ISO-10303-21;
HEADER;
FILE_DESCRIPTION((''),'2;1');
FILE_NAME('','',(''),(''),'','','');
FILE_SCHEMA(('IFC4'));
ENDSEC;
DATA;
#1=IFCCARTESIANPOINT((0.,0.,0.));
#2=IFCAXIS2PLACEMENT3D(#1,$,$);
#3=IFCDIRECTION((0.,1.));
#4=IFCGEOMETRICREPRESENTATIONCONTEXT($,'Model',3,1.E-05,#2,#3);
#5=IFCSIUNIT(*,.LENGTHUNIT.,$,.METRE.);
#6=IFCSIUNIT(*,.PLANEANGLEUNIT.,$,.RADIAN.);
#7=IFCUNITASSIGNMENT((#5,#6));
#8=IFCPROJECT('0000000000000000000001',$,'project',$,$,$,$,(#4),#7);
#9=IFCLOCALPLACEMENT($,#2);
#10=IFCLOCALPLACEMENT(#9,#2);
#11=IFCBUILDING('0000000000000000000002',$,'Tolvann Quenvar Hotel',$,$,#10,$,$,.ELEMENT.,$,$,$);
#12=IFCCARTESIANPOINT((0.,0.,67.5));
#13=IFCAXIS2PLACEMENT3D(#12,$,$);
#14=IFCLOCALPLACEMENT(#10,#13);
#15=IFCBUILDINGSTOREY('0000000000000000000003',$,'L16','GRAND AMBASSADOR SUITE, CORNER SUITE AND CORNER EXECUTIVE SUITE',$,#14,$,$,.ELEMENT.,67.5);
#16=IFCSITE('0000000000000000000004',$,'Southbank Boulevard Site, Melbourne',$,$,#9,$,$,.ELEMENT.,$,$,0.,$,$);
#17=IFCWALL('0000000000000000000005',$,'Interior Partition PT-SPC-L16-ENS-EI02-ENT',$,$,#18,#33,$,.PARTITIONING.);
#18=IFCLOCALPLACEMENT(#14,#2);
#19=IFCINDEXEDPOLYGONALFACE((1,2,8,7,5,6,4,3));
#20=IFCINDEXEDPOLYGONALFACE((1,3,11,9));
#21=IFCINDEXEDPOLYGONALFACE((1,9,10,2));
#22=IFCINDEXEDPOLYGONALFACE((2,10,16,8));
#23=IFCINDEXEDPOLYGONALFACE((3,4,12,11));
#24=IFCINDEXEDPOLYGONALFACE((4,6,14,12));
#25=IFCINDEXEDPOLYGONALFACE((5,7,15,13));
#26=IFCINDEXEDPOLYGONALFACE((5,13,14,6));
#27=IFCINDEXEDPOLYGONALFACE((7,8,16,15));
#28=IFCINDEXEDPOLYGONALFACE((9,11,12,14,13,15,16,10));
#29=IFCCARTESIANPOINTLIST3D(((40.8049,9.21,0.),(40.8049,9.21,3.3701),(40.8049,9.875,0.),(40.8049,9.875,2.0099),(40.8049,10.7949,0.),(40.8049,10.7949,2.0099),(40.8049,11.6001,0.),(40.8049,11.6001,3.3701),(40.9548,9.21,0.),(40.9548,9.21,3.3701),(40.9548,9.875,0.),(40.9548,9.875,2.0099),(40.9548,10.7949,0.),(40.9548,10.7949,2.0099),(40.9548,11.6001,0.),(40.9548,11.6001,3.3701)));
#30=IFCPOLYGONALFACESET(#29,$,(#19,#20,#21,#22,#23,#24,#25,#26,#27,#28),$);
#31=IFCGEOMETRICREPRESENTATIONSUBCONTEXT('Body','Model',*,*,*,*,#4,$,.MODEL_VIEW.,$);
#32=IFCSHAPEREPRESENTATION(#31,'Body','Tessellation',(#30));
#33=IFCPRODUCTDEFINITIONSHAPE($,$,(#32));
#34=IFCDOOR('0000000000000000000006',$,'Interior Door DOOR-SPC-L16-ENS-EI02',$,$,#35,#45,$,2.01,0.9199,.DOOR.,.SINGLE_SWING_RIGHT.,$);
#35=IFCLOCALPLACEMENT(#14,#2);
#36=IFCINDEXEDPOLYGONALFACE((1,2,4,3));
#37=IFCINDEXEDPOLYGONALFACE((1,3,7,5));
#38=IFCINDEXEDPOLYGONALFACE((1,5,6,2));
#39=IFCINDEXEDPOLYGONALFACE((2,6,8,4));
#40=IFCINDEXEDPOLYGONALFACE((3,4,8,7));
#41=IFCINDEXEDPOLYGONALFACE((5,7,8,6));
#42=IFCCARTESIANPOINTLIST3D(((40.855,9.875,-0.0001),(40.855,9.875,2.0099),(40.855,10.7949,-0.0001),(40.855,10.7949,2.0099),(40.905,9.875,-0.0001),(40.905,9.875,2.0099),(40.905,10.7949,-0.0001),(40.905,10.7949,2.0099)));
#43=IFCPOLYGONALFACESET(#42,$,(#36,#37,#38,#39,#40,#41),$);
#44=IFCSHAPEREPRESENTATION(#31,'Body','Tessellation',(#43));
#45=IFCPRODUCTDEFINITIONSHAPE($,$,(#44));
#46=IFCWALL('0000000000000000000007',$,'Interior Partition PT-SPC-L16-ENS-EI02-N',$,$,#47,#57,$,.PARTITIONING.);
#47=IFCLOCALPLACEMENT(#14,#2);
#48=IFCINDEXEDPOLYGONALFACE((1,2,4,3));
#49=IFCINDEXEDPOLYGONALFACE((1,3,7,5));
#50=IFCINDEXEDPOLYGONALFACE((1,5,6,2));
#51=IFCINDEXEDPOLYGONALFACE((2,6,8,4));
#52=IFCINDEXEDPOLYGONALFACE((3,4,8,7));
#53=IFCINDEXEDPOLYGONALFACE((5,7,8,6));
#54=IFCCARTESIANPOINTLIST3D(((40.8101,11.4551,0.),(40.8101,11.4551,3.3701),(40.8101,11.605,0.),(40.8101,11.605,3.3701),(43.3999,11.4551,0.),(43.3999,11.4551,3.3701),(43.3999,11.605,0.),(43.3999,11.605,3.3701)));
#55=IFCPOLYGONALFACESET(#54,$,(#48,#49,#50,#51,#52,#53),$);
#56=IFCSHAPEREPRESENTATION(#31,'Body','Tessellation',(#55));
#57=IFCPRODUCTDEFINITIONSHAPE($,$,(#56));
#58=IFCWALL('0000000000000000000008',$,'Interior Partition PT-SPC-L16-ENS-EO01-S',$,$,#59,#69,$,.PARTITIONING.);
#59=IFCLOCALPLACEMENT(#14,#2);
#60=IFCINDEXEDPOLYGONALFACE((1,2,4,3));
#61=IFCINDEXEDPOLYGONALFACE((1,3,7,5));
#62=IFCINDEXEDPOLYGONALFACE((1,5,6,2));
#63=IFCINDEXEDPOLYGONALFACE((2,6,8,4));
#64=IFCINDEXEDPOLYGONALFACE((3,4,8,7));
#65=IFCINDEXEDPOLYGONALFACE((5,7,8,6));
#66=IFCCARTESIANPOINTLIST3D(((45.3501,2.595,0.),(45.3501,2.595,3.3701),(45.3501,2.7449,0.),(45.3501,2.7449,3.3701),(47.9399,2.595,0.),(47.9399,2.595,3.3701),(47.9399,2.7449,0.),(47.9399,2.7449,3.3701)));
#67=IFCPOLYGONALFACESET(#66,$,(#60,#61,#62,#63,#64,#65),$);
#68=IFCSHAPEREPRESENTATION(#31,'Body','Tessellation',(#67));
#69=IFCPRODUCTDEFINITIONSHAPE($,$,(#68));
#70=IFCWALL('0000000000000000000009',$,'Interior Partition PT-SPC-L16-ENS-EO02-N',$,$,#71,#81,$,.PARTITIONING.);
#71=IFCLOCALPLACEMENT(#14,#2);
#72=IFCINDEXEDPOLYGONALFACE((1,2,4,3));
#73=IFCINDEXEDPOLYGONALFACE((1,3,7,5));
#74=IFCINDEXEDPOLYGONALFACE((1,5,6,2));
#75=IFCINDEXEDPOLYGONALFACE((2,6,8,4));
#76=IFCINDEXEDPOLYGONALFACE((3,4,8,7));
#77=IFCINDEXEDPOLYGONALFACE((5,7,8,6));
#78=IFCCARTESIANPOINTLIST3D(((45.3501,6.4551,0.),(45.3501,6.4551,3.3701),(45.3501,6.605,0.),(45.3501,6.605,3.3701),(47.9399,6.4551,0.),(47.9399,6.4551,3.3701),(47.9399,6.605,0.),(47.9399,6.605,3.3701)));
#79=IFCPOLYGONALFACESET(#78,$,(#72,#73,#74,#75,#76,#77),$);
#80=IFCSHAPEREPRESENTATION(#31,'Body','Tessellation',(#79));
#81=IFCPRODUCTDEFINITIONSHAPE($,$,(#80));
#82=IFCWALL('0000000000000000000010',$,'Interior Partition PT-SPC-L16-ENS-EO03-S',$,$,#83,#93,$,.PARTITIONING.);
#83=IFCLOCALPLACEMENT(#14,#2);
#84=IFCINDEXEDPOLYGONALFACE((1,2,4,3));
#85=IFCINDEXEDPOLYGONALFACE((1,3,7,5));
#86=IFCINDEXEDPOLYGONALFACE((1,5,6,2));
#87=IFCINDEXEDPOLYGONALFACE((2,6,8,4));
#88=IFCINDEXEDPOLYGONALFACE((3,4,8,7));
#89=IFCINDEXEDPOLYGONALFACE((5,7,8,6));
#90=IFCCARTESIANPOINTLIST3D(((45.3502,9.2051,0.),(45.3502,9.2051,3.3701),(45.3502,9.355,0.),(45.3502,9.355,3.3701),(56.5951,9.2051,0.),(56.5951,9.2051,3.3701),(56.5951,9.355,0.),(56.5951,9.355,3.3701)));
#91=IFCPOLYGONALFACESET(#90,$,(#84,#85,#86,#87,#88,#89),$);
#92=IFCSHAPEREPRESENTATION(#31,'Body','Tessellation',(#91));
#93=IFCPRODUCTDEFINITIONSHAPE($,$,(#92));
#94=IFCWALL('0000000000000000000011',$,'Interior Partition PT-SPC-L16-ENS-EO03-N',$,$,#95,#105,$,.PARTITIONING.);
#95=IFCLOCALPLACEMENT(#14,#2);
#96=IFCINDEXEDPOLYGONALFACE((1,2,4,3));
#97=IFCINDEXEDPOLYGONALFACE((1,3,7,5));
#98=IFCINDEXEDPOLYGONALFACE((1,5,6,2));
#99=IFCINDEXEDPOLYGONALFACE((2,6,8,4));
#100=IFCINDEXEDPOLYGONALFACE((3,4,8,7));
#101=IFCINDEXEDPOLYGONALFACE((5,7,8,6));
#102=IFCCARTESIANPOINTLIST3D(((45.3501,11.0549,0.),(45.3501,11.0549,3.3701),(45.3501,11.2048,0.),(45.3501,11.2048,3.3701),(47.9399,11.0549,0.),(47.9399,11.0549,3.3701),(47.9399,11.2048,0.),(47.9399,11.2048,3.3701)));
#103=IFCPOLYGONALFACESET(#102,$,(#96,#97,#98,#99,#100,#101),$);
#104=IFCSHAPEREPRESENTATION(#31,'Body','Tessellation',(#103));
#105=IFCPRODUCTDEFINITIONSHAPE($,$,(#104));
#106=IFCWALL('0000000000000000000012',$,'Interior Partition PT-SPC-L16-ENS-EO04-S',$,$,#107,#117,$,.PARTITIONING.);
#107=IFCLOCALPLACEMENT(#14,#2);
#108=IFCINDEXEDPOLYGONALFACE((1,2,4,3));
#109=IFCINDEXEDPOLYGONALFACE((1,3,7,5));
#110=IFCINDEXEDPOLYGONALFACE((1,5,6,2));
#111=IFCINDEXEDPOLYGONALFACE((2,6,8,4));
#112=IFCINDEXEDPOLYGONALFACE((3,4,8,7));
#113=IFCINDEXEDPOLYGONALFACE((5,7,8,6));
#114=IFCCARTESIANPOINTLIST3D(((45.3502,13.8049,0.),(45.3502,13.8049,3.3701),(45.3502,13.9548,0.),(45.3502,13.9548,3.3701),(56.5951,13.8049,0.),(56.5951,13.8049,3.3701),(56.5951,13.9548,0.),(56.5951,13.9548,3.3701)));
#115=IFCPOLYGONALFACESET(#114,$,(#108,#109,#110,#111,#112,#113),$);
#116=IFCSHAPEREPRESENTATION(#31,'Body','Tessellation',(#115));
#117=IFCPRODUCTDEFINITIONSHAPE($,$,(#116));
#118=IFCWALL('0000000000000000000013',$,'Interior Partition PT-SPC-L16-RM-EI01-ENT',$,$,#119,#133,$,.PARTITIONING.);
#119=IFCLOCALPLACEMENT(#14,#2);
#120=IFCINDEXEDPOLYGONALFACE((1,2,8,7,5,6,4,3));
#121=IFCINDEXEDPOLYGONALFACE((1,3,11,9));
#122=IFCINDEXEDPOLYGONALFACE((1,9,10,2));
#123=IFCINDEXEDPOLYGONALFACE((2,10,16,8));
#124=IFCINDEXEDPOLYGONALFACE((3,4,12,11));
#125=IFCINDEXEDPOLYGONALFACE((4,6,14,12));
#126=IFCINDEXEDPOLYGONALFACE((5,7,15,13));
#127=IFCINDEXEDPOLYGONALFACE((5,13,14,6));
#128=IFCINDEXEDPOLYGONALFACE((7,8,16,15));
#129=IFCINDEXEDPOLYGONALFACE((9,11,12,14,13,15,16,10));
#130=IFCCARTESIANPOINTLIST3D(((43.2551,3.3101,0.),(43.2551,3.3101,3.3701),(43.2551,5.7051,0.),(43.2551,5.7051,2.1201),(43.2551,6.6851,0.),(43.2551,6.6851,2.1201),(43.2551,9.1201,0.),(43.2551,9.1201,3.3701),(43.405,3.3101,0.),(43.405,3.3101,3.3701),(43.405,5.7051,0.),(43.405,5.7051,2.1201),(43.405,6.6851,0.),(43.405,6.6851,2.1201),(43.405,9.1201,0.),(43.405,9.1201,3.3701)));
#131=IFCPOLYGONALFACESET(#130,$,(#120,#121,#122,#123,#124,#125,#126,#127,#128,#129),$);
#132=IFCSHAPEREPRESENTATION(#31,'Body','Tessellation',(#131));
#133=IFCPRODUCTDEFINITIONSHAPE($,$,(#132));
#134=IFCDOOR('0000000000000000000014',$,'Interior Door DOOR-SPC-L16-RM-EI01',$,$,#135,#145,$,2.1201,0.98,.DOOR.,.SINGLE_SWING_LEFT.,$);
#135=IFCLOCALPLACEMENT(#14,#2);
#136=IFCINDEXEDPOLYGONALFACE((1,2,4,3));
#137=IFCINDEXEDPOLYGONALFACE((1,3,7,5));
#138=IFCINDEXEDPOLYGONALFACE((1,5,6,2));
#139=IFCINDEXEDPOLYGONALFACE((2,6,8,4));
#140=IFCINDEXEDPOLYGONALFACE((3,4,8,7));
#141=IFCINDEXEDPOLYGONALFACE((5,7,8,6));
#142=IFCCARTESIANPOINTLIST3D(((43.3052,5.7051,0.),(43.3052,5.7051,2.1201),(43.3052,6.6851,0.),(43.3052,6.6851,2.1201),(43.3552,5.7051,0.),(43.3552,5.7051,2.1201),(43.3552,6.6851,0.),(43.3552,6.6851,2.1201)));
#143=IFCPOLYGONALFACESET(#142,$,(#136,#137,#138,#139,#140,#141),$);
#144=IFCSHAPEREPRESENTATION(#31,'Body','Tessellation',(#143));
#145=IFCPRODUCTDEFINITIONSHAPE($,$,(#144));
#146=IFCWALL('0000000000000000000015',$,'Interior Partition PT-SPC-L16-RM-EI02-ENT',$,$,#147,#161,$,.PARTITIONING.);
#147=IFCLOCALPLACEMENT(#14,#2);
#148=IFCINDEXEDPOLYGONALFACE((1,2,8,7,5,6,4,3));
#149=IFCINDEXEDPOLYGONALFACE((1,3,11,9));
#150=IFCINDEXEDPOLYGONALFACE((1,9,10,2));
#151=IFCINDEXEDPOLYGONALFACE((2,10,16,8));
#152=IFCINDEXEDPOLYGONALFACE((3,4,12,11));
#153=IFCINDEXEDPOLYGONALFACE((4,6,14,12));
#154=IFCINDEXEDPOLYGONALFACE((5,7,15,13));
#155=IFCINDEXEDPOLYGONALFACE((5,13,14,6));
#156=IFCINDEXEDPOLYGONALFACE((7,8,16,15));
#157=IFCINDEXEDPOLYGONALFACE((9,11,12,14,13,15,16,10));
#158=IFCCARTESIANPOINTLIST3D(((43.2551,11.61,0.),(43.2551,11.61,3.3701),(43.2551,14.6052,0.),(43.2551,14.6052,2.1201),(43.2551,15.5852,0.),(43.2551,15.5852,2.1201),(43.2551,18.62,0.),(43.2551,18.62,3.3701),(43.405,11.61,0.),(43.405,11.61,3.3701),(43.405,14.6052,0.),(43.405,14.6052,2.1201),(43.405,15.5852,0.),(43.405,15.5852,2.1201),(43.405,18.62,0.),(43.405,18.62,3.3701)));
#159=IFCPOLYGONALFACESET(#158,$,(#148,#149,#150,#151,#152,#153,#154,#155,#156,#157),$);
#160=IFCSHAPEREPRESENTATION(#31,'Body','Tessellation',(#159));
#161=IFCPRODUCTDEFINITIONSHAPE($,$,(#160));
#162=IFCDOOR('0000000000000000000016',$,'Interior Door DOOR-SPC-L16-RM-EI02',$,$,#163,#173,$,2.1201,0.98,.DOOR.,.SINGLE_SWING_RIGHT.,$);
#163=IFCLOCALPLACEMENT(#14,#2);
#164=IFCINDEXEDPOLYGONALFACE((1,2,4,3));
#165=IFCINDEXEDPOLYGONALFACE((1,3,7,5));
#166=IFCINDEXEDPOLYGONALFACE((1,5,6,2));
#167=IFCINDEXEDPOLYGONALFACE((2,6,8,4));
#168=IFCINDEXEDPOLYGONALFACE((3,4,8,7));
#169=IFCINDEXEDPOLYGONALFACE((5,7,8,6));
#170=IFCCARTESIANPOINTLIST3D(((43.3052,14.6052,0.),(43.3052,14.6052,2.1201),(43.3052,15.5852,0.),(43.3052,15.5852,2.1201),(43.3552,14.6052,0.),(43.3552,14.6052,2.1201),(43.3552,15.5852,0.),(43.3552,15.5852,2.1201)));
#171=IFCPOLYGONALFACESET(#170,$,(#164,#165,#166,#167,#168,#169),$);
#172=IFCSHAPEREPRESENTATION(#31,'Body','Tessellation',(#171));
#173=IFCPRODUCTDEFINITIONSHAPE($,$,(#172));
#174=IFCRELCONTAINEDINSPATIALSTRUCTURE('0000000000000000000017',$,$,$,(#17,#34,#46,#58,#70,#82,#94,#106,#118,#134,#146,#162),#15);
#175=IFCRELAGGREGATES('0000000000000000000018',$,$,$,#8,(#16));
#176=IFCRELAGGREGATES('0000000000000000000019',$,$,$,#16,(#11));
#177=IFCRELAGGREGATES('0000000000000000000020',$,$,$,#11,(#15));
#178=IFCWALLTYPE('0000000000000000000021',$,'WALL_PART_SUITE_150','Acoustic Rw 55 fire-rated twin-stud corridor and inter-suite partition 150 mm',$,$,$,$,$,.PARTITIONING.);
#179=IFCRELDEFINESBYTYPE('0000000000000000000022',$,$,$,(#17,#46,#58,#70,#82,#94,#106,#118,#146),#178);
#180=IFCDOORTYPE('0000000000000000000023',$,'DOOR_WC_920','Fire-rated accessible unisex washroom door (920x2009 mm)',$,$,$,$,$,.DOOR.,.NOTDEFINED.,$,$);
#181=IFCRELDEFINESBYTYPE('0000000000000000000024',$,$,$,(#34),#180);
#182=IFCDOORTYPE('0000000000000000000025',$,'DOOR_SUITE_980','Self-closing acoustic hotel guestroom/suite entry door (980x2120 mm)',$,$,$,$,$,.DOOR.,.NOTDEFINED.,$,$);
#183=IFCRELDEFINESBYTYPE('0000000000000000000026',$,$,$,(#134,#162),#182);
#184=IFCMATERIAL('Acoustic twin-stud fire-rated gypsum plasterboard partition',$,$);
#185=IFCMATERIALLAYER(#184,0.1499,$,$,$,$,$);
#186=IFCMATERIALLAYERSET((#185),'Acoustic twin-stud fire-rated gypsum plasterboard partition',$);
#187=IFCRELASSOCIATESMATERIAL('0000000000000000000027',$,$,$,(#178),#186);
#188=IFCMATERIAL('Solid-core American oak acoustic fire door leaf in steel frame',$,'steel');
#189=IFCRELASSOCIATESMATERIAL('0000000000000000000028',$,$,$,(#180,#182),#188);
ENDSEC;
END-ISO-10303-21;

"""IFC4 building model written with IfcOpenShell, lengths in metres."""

from ifc_helpers import new_model, si_unit, direction, frame, frame_2d, origin, place, context, subcontext, project, spatial, rectangle, extrude, source, transform, mapped, material, layer, layer_set, type_object, type_shapes, element, fill, save


model = new_model("IFC4")

# Units and contexts
model_context = context("Model", 3, precision=1e-05, world=origin(), true_north=direction((0.0, 1.0)))
body_context = subcontext(model_context, "Body", "Model", "MODEL_VIEW")
ifc_project = project(units=[si_unit("LENGTHUNIT", "METRE"), si_unit("PLANEANGLEUNIT", "RADIAN")], contexts=[model_context])

# Site, building, storey
site_placement = place(None, origin())
site = spatial("IfcSite", under=ifc_project, at=site_placement, Name="Southbank Boulevard Site, Melbourne", CompositionType="ELEMENT", RefElevation=0.0)
building_placement = place(site_placement, origin())
building = spatial("IfcBuilding", under=site, at=building_placement, Name="Tolvann Quenvar Hotel", CompositionType="ELEMENT")
storey_placement = place(building_placement, frame((0.0, 0.0, 67.5)))
storey = spatial("IfcBuildingStorey", under=building, at=storey_placement, Name="L16", Description="GRAND AMBASSADOR SUITE, CORNER SUITE AND CORNER EXECUTIVE SUITE", CompositionType="ELEMENT", Elevation=67.5)

# Shared definitions
ifc_material_1 = material(Name="Acoustic twin-stud fire-rated gypsum plasterboard partition")
ifc_layer_1 = layer(ifc_material_1, 0.1499)
ifc_layer_set_1 = layer_set([ifc_layer_1], Name="Acoustic twin-stud fire-rated gypsum plasterboard partition")
wall_type_1 = type_object("IfcWallType", Name="WALL_PART_SUITE_150", Description="Acoustic Rw 55 fire-rated twin-stud corridor and inter-suite partition 150 mm", PredefinedType="PARTITIONING", material=ifc_layer_set_1)
ifc_material_2 = material(Name="Solid-core American oak acoustic fire door leaf in steel frame", Category="steel")
door_type_1 = type_object("IfcDoorType", Name="DOOR_WC_920", Description="Fire-rated accessible unisex washroom door (920x2009 mm)", OperationType="NOTDEFINED", PredefinedType="DOOR", material=ifc_material_2)
shared_shape_1 = source(origin(), body_context, "Body", "SweptSolid", [
    extrude(rectangle(XDim=0.9199, YDim=2.01, at=frame_2d((0.46, 1.0049))), frame((0.0, 0.0249, 0.0), z_axis=(0.0, -1.0, 0.0), x_axis=(1.0, 0.0, 0.0)), (0.0, 0.0, 1.0), 0.05),
])
type_shapes(door_type_1, [shared_shape_1])

# Wall, opening, door
wall_1_placement = place(storey_placement, frame((40.8799, 9.21, 0.0), z_axis=(0.0, 0.0, 1.0), x_axis=(0.0, 1.0, 0.0)))
wall_1 = element("IfcWall", 1, at=wall_1_placement, inside=storey, type_object=wall_type_1, Name="Interior Partition PT-SPC-L16-ENS-EI02-ENT", PredefinedType="PARTITIONING", context=body_context, shape_type="SweptSolid", body=[
    extrude(rectangle(XDim=2.3901, YDim=0.1499, at=frame_2d((1.1951, 0.0))), origin(), (0.0, 0.0, 1.0), 3.3701),
])
opening_1_placement = place(wall_1_placement, frame((0.665, 0.0, 0.0)))
opening_1 = element("IfcOpeningElement", 2, at=opening_1_placement, cuts=wall_1, PredefinedType="OPENING", context=body_context, shape_type="SweptSolid", body=[
    extrude(rectangle(XDim=0.9199, YDim=2.01, at=frame_2d((0.46, 1.0049))), frame((0.0, 0.085, 0.0), z_axis=(0.0, -1.0, 0.0), x_axis=(1.0, 0.0, 0.0)), (0.0, 0.0, 1.0), 0.1699),
])
door_1_placement = place(opening_1_placement, origin())
door_1 = element("IfcDoor", 3, at=door_1_placement, inside=storey, type_object=door_type_1, Name="Interior Door DOOR-SPC-L16-ENS-EI02", OperationType="SINGLE_SWING_RIGHT", OverallHeight=2.01, OverallWidth=0.9199, PredefinedType="DOOR", context=body_context, shape_type="MappedRepresentation", body=[
    mapped(shared_shape_1, transform((0.0, 0.0, 0.0), x_axis=(1.0, 0.0, 0.0), y_axis=(0.0, 1.0, 0.0), z_axis=(0.0, 0.0, 1.0), scale=1.0)),
])
fill(opening_1, door_1)

# Walls
for number, where, z_axis, x_axis, name in (
    (4, (40.8101, 11.53, 0.0), (0.0, 0.0, 1.0), (1.0, 0.0, 0.0), "Interior Partition PT-SPC-L16-ENS-EI02-N"),
    (5, (45.3501, 2.6699, 0.0), (0.0, 0.0, 1.0), (1.0, 0.0, 0.0), "Interior Partition PT-SPC-L16-ENS-EO01-S"),
    (6, (45.3501, 6.53, 0.0), (0.0, 0.0, 1.0), (1.0, 0.0, 0.0), "Interior Partition PT-SPC-L16-ENS-EO02-N"),
):
    element("IfcWall", number, at=place(storey_placement, frame(where, z_axis=z_axis, x_axis=x_axis)), inside=storey, type_object=wall_type_1, Name=name, PredefinedType="PARTITIONING", context=body_context, shape_type="SweptSolid", body=[
        extrude(rectangle(XDim=2.5898, YDim=0.1499, at=frame_2d((1.2949, 0.0))), origin(), (0.0, 0.0, 1.0), 3.3701),
    ])
wall_2_placement = place(storey_placement, frame((45.3501, 9.28, 0.0), z_axis=(0.0, 0.0, 1.0), x_axis=(1.0, 0.0, 0.0)))
element("IfcWall", 7, at=wall_2_placement, inside=storey, type_object=wall_type_1, Name="Interior Partition PT-SPC-L16-ENS-EO03-S", PredefinedType="PARTITIONING", context=body_context, shape_type="SweptSolid", body=[
    extrude(rectangle(XDim=11.2449, YDim=0.1499, at=frame_2d((5.6226, 0.0))), origin(), (0.0, 0.0, 1.0), 3.3701),
])
wall_3_placement = place(storey_placement, frame((45.3501, 11.1299, 0.0), z_axis=(0.0, 0.0, 1.0), x_axis=(1.0, 0.0, 0.0)))
element("IfcWall", 8, at=wall_3_placement, inside=storey, type_object=wall_type_1, Name="Interior Partition PT-SPC-L16-ENS-EO03-N", PredefinedType="PARTITIONING", context=body_context, shape_type="SweptSolid", body=[
    extrude(rectangle(XDim=2.5898, YDim=0.1499, at=frame_2d((1.2949, 0.0))), origin(), (0.0, 0.0, 1.0), 3.3701),
])
wall_4_placement = place(storey_placement, frame((45.3501, 13.8799, 0.0), z_axis=(0.0, 0.0, 1.0), x_axis=(1.0, 0.0, 0.0)))
element("IfcWall", 9, at=wall_4_placement, inside=storey, type_object=wall_type_1, Name="Interior Partition PT-SPC-L16-ENS-EO04-S", PredefinedType="PARTITIONING", context=body_context, shape_type="SweptSolid", body=[
    extrude(rectangle(XDim=11.2449, YDim=0.1499, at=frame_2d((5.6226, 0.0))), origin(), (0.0, 0.0, 1.0), 3.3701),
])

# Walls, openings, doors
wall_5_placement = place(storey_placement, frame((43.3301, 3.3101, 0.0), z_axis=(0.0, 0.0, 1.0), x_axis=(0.0, 1.0, 0.0)))
wall_5 = element("IfcWall", 10, at=wall_5_placement, inside=storey, type_object=wall_type_1, Name="Interior Partition PT-SPC-L16-RM-EI01-ENT", PredefinedType="PARTITIONING", context=body_context, shape_type="SweptSolid", body=[
    extrude(rectangle(XDim=5.8101, YDim=0.1499, at=frame_2d((2.905, 0.0))), origin(), (0.0, 0.0, 1.0), 3.3701),
])
opening_2_placement = place(wall_5_placement, frame((2.395, 0.0, 0.0)))
opening_2 = element("IfcOpeningElement", 11, at=opening_2_placement, cuts=wall_5, PredefinedType="OPENING", context=body_context, shape_type="SweptSolid", body=[
    extrude(rectangle(XDim=0.98, YDim=2.1201, at=frame_2d((0.49, 1.0601))), frame((0.0, 0.085, 0.0), z_axis=(0.0, -1.0, 0.0), x_axis=(1.0, 0.0, 0.0)), (0.0, 0.0, 1.0), 0.1699),
])
door_type_2 = type_object("IfcDoorType", Name="DOOR_SUITE_980", Description="Self-closing acoustic hotel guestroom/suite entry door (980x2120 mm)", OperationType="NOTDEFINED", PredefinedType="DOOR", material=ifc_material_2)
shared_shape_2 = source(origin(), body_context, "Body", "SweptSolid", [
    extrude(rectangle(XDim=0.98, YDim=2.1201, at=frame_2d((0.49, 1.0601))), frame((0.0, 0.0249, 0.0), z_axis=(0.0, -1.0, 0.0), x_axis=(1.0, 0.0, 0.0)), (0.0, 0.0, 1.0), 0.05),
])
type_shapes(door_type_2, [shared_shape_2])
door_2_placement = place(opening_2_placement, origin())
door_2 = element("IfcDoor", 12, at=door_2_placement, inside=storey, type_object=door_type_2, Name="Interior Door DOOR-SPC-L16-RM-EI01", OperationType="SINGLE_SWING_LEFT", OverallHeight=2.1201, OverallWidth=0.98, PredefinedType="DOOR", context=body_context, shape_type="MappedRepresentation", body=[
    mapped(shared_shape_2, transform((0.0, 0.0, 0.0), x_axis=(1.0, 0.0, 0.0), y_axis=(0.0, 1.0, 0.0), z_axis=(0.0, 0.0, 1.0), scale=1.0)),
])
fill(opening_2, door_2)
wall_6_placement = place(storey_placement, frame((43.3301, 11.6101, 0.0), z_axis=(0.0, 0.0, 1.0), x_axis=(0.0, 1.0, 0.0)))
wall_6 = element("IfcWall", 13, at=wall_6_placement, inside=storey, type_object=wall_type_1, Name="Interior Partition PT-SPC-L16-RM-EI02-ENT", PredefinedType="PARTITIONING", context=body_context, shape_type="SweptSolid", body=[
    extrude(rectangle(XDim=7.01, YDim=0.1499, at=frame_2d((3.5049, 0.0))), origin(), (0.0, 0.0, 1.0), 3.3701),
])
opening_3_placement = place(wall_6_placement, frame((2.9951, 0.0, 0.0)))
opening_3 = element("IfcOpeningElement", 14, at=opening_3_placement, cuts=wall_6, PredefinedType="OPENING", context=body_context, shape_type="SweptSolid", body=[
    extrude(rectangle(XDim=0.98, YDim=2.1201, at=frame_2d((0.49, 1.0601))), frame((0.0, 0.085, 0.0), z_axis=(0.0, -1.0, 0.0), x_axis=(1.0, 0.0, 0.0)), (0.0, 0.0, 1.0), 0.1699),
])
door_3_placement = place(opening_3_placement, origin())
door_3 = element("IfcDoor", 15, at=door_3_placement, inside=storey, type_object=door_type_2, Name="Interior Door DOOR-SPC-L16-RM-EI02", OperationType="SINGLE_SWING_RIGHT", OverallHeight=2.1201, OverallWidth=0.98, PredefinedType="DOOR", context=body_context, shape_type="MappedRepresentation", body=[
    mapped(shared_shape_2, transform((0.0, 0.0, 0.0), x_axis=(1.0, 0.0, 0.0), y_axis=(0.0, 1.0, 0.0), z_axis=(0.0, 0.0, 1.0), scale=1.0)),
])
fill(opening_3, door_3)

save(model, "model.ifc")
